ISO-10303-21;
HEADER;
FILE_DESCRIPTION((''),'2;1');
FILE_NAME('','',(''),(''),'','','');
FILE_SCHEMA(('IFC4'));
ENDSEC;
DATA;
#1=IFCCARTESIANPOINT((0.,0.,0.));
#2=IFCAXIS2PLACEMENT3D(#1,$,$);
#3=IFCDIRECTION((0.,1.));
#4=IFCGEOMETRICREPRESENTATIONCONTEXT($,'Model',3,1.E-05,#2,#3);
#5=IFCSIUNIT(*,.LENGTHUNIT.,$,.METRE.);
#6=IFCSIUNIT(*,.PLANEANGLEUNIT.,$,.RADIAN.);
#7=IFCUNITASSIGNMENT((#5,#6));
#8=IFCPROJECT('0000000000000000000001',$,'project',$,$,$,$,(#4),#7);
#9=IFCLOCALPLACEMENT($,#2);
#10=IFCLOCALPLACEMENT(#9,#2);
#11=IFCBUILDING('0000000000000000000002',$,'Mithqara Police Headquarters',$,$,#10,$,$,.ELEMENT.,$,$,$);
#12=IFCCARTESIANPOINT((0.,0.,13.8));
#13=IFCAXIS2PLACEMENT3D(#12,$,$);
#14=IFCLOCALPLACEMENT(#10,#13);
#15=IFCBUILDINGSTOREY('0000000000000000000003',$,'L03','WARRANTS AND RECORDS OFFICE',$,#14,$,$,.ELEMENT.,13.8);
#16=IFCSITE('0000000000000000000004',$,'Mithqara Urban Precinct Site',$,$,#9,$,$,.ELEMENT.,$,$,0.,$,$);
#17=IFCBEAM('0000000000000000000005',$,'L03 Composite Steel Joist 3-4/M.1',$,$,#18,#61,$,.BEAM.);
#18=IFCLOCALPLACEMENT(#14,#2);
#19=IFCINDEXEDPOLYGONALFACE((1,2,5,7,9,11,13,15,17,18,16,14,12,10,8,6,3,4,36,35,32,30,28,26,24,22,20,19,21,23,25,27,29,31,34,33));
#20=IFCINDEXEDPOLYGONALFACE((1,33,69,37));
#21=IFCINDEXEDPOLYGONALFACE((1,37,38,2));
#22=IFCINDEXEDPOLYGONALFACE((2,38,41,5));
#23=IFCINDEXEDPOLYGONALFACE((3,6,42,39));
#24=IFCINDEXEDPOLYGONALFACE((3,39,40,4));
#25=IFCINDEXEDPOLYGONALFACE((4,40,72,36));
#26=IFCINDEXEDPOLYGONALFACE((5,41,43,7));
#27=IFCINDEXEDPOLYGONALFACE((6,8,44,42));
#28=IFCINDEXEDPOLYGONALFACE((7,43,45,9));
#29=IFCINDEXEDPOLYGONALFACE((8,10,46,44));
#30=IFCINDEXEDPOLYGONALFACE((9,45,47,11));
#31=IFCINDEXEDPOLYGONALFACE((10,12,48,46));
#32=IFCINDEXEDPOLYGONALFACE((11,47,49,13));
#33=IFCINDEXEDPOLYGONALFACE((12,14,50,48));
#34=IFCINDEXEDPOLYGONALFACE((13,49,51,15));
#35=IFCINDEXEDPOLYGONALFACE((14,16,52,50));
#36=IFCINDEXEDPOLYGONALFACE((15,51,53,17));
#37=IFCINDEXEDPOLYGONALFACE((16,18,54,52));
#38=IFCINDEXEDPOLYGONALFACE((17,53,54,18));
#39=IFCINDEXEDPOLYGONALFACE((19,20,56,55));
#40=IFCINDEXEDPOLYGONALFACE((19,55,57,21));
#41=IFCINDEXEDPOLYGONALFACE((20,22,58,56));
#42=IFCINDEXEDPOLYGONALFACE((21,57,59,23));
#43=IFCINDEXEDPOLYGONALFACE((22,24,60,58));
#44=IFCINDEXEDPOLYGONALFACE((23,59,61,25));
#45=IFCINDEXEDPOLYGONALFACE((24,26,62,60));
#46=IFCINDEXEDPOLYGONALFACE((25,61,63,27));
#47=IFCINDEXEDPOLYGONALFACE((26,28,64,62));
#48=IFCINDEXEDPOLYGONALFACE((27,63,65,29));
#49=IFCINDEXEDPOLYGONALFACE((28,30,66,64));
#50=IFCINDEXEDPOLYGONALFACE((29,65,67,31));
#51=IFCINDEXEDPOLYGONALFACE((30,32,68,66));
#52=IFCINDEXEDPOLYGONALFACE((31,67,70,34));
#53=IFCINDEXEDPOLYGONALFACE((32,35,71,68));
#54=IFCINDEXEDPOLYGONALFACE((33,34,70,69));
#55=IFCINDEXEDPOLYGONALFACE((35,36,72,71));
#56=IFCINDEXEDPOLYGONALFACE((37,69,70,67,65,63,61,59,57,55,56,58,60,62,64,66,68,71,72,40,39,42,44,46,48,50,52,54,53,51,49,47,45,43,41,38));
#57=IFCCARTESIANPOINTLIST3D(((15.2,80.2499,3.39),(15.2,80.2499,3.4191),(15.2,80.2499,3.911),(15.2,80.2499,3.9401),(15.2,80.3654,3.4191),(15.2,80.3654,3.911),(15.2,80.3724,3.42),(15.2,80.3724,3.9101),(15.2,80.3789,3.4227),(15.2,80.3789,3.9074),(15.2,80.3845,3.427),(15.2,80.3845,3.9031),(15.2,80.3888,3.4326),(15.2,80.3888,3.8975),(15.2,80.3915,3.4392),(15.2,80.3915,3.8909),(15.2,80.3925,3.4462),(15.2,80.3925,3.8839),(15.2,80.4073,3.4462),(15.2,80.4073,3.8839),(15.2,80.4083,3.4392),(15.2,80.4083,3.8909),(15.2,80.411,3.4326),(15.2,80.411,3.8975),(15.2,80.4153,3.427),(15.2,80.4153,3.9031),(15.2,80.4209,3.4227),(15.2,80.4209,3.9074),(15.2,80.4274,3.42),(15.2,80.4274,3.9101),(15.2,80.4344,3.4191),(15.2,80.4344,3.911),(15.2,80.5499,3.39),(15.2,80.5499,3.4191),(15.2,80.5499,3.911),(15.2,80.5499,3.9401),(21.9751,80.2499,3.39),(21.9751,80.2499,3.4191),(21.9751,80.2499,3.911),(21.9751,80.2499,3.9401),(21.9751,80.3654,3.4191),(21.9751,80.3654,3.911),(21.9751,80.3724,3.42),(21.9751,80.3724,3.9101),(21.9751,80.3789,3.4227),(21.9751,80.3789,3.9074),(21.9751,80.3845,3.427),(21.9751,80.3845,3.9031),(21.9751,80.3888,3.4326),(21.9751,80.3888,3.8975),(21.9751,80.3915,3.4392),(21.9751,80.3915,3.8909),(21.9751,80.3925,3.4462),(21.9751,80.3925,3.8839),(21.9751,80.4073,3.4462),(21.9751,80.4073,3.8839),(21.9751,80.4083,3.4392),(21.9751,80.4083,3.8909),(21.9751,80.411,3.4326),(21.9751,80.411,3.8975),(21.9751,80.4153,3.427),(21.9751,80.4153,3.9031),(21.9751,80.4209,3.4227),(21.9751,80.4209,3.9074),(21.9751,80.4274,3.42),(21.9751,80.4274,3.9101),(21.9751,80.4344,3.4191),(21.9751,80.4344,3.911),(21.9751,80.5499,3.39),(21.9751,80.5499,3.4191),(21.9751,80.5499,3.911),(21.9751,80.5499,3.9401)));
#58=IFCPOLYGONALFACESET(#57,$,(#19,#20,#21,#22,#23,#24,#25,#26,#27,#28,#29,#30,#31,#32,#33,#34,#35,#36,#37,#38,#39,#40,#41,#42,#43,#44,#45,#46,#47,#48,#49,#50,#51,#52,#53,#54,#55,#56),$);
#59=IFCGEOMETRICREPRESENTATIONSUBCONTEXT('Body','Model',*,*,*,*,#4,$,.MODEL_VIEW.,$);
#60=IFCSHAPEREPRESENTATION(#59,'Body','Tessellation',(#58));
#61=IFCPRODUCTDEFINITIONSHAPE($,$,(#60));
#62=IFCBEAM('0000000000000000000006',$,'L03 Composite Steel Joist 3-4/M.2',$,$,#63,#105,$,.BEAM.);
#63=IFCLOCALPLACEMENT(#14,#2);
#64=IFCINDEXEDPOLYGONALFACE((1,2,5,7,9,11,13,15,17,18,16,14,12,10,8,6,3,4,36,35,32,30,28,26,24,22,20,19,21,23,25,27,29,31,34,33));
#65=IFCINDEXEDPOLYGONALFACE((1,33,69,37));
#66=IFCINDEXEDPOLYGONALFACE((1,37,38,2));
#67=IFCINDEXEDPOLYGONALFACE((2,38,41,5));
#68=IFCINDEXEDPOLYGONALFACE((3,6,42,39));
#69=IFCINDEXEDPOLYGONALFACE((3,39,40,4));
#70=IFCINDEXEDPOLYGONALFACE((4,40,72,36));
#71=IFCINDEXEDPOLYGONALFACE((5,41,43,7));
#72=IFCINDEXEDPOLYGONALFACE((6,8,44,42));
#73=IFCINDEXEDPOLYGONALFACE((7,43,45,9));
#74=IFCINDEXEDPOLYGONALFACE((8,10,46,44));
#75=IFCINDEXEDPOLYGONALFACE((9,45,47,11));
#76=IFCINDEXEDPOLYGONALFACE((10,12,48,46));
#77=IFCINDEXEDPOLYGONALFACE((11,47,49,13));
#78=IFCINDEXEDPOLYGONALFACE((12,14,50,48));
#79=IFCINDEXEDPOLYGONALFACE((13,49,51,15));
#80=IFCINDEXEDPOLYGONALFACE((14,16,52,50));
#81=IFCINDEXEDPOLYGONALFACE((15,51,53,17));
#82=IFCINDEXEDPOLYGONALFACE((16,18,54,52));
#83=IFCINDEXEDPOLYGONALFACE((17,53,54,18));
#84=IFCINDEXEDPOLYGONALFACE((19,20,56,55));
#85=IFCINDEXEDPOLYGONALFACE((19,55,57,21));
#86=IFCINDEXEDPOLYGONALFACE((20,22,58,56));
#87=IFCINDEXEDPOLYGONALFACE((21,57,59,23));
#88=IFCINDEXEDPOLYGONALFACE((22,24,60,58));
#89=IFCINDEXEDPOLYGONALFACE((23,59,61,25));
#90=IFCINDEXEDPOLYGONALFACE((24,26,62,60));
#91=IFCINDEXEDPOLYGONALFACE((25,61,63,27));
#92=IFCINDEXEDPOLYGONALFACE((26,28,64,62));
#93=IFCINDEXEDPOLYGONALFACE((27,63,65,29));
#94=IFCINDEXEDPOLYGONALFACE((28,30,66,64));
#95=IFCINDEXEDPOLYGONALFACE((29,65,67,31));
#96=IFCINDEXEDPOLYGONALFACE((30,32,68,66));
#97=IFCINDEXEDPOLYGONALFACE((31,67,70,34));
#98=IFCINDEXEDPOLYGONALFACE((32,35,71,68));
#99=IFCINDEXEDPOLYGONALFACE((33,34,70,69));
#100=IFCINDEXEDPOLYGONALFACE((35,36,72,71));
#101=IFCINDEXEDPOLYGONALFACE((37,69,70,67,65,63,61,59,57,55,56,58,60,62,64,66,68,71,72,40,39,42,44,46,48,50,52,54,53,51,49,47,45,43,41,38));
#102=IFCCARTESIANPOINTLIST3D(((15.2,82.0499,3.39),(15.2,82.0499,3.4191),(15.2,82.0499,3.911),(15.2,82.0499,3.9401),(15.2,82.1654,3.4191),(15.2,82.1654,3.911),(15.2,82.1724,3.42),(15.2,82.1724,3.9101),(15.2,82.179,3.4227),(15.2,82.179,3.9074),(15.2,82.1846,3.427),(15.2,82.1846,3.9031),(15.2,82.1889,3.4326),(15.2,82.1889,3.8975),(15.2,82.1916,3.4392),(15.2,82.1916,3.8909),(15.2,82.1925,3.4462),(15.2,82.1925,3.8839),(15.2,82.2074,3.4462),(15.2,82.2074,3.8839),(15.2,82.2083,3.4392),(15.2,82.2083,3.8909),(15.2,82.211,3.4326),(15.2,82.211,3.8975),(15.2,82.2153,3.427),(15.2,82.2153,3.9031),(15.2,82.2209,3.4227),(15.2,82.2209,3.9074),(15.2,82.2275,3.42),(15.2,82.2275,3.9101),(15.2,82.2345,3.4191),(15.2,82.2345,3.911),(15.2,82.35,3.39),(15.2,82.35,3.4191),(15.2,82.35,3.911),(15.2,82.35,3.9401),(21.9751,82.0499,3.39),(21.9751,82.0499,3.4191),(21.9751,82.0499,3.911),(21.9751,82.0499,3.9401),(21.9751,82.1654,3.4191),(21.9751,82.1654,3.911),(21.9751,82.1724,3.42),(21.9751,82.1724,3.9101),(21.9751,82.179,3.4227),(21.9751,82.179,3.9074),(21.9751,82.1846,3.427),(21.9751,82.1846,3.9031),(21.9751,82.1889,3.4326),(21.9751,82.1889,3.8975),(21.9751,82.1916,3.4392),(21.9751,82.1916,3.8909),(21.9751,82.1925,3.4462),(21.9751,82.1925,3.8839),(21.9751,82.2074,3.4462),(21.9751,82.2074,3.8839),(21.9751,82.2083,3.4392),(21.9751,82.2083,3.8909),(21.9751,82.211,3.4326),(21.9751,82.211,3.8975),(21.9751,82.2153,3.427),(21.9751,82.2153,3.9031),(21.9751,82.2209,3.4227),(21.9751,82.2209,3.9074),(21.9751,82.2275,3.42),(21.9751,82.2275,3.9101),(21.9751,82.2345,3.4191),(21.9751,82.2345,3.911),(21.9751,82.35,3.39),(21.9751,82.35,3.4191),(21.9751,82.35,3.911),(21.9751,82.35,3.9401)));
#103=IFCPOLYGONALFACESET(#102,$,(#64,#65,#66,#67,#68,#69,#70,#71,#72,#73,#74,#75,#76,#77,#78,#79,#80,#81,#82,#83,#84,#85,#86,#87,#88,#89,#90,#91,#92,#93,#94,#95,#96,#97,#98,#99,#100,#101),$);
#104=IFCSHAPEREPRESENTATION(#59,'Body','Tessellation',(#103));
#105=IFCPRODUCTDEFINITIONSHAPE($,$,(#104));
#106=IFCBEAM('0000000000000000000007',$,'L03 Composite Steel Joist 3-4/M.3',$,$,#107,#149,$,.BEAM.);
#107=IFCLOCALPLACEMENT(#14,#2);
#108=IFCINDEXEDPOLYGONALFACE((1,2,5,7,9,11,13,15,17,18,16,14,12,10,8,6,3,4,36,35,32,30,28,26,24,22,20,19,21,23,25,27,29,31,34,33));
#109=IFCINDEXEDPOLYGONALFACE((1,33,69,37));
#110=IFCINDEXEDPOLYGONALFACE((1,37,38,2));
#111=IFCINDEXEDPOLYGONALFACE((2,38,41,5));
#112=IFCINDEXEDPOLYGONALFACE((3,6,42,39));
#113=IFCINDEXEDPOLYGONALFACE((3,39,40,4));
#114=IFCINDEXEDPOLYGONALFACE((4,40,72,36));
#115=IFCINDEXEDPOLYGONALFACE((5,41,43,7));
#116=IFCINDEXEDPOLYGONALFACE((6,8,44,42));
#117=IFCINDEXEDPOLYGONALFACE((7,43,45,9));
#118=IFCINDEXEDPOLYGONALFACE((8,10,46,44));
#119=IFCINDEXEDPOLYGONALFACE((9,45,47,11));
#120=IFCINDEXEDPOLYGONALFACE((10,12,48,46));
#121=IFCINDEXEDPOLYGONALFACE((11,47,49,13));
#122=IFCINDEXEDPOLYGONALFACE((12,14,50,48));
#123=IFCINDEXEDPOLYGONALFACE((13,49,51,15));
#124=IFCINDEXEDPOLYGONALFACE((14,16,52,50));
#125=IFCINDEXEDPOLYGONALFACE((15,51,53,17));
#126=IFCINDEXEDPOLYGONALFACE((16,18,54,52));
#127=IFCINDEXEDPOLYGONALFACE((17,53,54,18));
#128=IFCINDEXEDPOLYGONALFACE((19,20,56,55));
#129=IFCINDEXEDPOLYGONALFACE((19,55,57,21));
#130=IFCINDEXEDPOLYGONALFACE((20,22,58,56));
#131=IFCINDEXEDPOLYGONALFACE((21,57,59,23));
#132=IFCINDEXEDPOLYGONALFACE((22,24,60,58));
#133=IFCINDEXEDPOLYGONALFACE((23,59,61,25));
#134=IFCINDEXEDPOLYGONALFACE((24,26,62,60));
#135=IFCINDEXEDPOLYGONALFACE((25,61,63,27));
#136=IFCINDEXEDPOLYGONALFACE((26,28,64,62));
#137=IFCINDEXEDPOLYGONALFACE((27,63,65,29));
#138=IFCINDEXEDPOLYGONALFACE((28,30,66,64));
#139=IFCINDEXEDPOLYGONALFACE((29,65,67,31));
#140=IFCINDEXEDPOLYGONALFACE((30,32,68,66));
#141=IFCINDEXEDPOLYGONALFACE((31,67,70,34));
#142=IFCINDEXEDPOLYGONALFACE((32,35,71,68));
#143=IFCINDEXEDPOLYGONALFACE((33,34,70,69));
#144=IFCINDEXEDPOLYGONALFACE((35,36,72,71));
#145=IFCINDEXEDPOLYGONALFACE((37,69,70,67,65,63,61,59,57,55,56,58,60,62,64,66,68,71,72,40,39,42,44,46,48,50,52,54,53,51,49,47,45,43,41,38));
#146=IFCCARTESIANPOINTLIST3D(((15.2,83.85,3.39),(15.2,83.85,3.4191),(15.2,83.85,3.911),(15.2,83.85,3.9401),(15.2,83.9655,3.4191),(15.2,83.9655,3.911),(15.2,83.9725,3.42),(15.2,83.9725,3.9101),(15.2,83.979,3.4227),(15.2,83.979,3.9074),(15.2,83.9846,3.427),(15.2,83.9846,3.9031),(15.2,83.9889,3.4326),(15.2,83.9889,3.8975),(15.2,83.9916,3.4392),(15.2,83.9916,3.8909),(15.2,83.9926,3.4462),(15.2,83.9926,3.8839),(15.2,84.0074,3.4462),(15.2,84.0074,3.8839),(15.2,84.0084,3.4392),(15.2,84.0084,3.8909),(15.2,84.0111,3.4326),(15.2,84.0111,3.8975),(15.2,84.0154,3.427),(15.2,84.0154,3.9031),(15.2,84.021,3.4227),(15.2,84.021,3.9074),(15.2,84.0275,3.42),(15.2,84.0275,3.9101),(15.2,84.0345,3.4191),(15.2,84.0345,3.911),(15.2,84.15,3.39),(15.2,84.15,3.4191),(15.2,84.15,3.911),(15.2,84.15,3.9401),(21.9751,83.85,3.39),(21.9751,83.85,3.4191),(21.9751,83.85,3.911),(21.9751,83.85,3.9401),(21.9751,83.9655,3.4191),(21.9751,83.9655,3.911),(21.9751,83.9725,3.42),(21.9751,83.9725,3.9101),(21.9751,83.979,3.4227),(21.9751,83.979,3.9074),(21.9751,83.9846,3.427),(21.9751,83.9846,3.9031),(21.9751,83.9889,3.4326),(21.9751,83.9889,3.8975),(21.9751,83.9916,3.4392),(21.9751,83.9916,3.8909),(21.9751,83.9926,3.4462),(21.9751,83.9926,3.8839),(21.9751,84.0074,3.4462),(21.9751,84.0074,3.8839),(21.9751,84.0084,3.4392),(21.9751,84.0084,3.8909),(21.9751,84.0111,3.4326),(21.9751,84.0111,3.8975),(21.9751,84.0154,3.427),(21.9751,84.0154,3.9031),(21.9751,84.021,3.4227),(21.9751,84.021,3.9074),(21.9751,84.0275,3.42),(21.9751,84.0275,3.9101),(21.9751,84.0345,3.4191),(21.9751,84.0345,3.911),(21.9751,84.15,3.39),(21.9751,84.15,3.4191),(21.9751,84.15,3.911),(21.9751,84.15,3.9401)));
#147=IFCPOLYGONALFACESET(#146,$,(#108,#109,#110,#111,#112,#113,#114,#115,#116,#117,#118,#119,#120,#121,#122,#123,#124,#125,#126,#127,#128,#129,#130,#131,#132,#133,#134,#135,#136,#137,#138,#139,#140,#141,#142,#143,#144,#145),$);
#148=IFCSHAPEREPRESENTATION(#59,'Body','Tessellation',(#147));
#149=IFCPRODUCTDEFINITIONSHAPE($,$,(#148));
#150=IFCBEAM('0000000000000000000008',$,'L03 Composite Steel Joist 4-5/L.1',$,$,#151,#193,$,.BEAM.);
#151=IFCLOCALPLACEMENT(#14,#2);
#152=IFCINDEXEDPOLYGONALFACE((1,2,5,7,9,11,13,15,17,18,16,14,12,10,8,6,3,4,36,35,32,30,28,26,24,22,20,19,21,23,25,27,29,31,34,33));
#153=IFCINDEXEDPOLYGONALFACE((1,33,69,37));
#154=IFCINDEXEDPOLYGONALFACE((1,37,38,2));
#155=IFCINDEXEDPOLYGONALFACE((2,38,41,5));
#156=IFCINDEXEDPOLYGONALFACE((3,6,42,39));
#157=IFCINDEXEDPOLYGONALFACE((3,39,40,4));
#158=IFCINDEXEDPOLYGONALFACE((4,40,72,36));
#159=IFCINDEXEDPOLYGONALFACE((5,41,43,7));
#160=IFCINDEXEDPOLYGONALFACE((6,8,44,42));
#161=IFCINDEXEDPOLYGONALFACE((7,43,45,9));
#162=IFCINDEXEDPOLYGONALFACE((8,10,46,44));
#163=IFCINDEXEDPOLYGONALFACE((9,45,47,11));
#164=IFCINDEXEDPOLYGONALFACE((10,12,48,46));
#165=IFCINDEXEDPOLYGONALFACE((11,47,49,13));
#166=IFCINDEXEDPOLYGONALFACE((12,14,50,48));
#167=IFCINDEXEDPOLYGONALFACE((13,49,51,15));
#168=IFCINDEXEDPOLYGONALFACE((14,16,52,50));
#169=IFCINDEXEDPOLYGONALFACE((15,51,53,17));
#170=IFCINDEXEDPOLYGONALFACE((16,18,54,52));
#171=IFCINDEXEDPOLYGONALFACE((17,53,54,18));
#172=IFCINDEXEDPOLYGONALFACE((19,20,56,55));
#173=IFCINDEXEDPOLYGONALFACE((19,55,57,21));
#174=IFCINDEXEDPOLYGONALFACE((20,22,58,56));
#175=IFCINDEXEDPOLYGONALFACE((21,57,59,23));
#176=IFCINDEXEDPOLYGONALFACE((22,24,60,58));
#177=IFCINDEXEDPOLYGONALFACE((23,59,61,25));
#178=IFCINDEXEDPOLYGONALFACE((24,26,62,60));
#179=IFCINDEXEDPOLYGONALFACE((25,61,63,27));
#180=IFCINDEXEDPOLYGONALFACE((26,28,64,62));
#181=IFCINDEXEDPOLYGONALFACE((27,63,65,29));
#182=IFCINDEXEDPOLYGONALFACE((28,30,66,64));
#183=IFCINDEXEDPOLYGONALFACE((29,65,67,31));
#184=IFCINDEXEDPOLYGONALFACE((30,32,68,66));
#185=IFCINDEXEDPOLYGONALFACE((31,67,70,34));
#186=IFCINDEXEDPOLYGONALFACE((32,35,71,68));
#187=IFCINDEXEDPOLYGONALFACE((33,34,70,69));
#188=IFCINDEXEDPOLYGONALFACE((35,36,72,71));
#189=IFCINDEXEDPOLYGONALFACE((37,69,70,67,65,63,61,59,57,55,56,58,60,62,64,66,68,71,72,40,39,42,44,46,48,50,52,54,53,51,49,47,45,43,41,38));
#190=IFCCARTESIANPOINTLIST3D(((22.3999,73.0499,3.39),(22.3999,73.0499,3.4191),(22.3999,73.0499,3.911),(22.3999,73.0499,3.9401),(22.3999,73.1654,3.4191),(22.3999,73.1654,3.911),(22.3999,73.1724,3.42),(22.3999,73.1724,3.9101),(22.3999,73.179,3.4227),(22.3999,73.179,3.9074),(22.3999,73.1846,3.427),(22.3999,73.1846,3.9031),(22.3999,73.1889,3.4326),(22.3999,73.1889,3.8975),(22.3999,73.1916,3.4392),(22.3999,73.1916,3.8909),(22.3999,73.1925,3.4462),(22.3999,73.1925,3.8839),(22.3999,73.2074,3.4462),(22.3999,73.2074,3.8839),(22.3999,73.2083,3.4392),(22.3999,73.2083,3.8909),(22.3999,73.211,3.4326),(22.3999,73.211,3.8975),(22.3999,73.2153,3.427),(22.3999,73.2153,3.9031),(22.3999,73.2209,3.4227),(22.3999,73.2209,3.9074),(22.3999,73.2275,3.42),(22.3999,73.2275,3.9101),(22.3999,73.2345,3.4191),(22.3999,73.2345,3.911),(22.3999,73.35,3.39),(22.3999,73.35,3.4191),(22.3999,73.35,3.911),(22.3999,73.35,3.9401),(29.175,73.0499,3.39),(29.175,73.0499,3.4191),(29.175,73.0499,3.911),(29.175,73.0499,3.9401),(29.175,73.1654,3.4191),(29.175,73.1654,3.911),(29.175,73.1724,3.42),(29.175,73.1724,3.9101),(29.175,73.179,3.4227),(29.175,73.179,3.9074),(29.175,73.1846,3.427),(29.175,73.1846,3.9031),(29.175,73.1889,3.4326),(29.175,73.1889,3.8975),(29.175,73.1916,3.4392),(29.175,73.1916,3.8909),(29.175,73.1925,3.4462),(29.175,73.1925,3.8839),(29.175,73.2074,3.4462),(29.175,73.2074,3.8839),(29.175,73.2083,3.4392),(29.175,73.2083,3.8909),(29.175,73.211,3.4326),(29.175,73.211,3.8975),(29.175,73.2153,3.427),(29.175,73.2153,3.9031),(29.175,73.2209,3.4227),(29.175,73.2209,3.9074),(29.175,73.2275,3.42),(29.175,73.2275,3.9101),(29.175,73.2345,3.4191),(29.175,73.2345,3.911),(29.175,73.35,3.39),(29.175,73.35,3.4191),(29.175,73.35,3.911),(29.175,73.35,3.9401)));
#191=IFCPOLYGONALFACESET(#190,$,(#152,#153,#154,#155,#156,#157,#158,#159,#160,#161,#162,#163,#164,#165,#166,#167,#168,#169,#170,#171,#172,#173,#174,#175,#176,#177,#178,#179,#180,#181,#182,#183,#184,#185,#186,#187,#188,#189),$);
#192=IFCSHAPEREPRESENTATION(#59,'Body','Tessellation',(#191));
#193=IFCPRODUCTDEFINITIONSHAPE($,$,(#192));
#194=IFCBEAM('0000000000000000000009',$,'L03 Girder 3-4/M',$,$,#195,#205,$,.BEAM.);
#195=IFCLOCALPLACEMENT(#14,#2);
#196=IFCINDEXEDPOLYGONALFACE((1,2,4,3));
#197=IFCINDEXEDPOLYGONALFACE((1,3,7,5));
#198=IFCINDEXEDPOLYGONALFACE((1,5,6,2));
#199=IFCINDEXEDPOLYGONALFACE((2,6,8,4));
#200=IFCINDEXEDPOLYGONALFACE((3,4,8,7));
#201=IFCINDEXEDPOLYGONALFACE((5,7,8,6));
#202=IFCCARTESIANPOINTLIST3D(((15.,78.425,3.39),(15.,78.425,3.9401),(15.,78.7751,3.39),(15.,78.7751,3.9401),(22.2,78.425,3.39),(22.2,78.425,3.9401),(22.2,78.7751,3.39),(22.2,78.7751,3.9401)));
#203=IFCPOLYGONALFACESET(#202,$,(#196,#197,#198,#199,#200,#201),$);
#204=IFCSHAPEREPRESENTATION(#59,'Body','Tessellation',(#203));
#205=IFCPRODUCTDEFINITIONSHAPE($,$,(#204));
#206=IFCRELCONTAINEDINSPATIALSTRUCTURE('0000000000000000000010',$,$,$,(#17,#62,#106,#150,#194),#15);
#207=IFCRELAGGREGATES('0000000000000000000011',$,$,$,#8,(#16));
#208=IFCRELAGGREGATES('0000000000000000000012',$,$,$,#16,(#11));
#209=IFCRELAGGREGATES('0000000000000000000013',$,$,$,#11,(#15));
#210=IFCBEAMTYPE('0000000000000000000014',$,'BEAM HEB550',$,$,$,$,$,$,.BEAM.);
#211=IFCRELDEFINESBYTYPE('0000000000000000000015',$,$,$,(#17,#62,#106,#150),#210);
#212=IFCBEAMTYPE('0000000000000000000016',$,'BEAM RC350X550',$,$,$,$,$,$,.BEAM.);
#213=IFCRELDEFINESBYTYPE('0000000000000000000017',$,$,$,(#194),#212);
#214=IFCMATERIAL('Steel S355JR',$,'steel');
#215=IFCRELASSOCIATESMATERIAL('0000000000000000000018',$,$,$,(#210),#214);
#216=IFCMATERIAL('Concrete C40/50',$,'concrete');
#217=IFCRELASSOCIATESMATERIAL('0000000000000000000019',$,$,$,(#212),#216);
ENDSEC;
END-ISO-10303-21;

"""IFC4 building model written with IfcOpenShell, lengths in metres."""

from ifc_helpers import new_model, si_unit, direction, frame, origin, origin_2d, place, context, subcontext, project, spatial, rectangle, i_section, extrude, material, material_profile, profile_set, type_object, element, save


model = new_model("IFC4")

# Units and contexts
model_context = context("Model", 3, precision=1e-05, world=origin(), true_north=direction((0.0, 1.0)))
body_context = subcontext(model_context, "Body", "Model", "MODEL_VIEW")
ifc_project = project(units=[si_unit("LENGTHUNIT", "METRE"), si_unit("PLANEANGLEUNIT", "RADIAN")], contexts=[model_context])

# Site, building, storey
site_placement = place(None, origin())
site = spatial("IfcSite", under=ifc_project, at=site_placement, Name="Mithqara Urban Precinct Site", CompositionType="ELEMENT", RefElevation=0.0)
building_placement = place(site_placement, origin())
building = spatial("IfcBuilding", under=site, at=building_placement, Name="Mithqara Police Headquarters", CompositionType="ELEMENT")
storey_placement = place(building_placement, frame((0.0, 0.0, 13.8)))
storey = spatial("IfcBuildingStorey", under=building, at=storey_placement, Name="L03", Description="WARRANTS AND RECORDS OFFICE", CompositionType="ELEMENT", Elevation=13.8)

# Beams
ifc_material_1 = material(Name="Steel S355JR", Category="steel")
ifc_material_profile_1 = material_profile(ifc_material_1, i_section(OverallWidth=0.3, OverallDepth=0.55, WebThickness=0.0149, FlangeThickness=0.0291, FilletRadius=0.0271, at=origin_2d()), Name="HEB 550")
ifc_profile_set_1 = profile_set([ifc_material_profile_1], Name="Steel S355JR")
beam_type_1 = type_object("IfcBeamType", Name="BEAM HEB550", PredefinedType="BEAM", material=ifc_profile_set_1)
for number, where, z_axis, x_axis, name in (
    (1, (15.2, 80.3999, 3.665), (1.0, 0.0, 0.0), (0.0, 1.0, 0.0), "L03 Composite Steel Joist 3-4/M.1"),
    (2, (15.2, 82.2, 3.665), (1.0, 0.0, 0.0), (0.0, 1.0, 0.0), "L03 Composite Steel Joist 3-4/M.2"),
    (3, (15.2, 84.0, 3.665), (1.0, 0.0, 0.0), (0.0, 1.0, 0.0), "L03 Composite Steel Joist 3-4/M.3"),
    (4, (22.3999, 73.2, 3.665), (1.0, 0.0, 0.0), (0.0, 1.0, 0.0), "L03 Composite Steel Joist 4-5/L.1"),
):
    element("IfcBeam", number, at=place(storey_placement, frame(where, z_axis=z_axis, x_axis=x_axis)), inside=storey, type_object=beam_type_1, Name=name, PredefinedType="BEAM", context=body_context, shape_type="SweptSolid", body=[
        extrude(i_section(OverallWidth=0.3, OverallDepth=0.55, WebThickness=0.0149, FlangeThickness=0.0291, FilletRadius=0.0271, at=origin_2d()), origin(), (0.0, 0.0, 1.0), 6.7751),
    ])
ifc_material_2 = material(Name="Concrete C40/50", Category="concrete")
ifc_material_profile_2 = material_profile(ifc_material_2, rectangle(XDim=0.3501, YDim=0.55, at=origin_2d()), Name="RC 350x550")
ifc_profile_set_2 = profile_set([ifc_material_profile_2], Name="Concrete C40/50")
beam_type_2 = type_object("IfcBeamType", Name="BEAM RC350X550", PredefinedType="BEAM", material=ifc_profile_set_2)
for number, where, z_axis, x_axis, name in (
    (5, (15.0, 78.6001, 3.665), (1.0, 0.0, 0.0), (0.0, 1.0, 0.0), "L03 Girder 3-4/M"),
):
    element("IfcBeam", number, at=place(storey_placement, frame(where, z_axis=z_axis, x_axis=x_axis)), inside=storey, type_object=beam_type_2, Name=name, PredefinedType="BEAM", context=body_context, shape_type="SweptSolid", body=[
        extrude(rectangle(XDim=0.3501, YDim=0.55, at=origin_2d()), origin(), (0.0, 0.0, 1.0), 7.2),
    ])

save(model, "model.ifc")
